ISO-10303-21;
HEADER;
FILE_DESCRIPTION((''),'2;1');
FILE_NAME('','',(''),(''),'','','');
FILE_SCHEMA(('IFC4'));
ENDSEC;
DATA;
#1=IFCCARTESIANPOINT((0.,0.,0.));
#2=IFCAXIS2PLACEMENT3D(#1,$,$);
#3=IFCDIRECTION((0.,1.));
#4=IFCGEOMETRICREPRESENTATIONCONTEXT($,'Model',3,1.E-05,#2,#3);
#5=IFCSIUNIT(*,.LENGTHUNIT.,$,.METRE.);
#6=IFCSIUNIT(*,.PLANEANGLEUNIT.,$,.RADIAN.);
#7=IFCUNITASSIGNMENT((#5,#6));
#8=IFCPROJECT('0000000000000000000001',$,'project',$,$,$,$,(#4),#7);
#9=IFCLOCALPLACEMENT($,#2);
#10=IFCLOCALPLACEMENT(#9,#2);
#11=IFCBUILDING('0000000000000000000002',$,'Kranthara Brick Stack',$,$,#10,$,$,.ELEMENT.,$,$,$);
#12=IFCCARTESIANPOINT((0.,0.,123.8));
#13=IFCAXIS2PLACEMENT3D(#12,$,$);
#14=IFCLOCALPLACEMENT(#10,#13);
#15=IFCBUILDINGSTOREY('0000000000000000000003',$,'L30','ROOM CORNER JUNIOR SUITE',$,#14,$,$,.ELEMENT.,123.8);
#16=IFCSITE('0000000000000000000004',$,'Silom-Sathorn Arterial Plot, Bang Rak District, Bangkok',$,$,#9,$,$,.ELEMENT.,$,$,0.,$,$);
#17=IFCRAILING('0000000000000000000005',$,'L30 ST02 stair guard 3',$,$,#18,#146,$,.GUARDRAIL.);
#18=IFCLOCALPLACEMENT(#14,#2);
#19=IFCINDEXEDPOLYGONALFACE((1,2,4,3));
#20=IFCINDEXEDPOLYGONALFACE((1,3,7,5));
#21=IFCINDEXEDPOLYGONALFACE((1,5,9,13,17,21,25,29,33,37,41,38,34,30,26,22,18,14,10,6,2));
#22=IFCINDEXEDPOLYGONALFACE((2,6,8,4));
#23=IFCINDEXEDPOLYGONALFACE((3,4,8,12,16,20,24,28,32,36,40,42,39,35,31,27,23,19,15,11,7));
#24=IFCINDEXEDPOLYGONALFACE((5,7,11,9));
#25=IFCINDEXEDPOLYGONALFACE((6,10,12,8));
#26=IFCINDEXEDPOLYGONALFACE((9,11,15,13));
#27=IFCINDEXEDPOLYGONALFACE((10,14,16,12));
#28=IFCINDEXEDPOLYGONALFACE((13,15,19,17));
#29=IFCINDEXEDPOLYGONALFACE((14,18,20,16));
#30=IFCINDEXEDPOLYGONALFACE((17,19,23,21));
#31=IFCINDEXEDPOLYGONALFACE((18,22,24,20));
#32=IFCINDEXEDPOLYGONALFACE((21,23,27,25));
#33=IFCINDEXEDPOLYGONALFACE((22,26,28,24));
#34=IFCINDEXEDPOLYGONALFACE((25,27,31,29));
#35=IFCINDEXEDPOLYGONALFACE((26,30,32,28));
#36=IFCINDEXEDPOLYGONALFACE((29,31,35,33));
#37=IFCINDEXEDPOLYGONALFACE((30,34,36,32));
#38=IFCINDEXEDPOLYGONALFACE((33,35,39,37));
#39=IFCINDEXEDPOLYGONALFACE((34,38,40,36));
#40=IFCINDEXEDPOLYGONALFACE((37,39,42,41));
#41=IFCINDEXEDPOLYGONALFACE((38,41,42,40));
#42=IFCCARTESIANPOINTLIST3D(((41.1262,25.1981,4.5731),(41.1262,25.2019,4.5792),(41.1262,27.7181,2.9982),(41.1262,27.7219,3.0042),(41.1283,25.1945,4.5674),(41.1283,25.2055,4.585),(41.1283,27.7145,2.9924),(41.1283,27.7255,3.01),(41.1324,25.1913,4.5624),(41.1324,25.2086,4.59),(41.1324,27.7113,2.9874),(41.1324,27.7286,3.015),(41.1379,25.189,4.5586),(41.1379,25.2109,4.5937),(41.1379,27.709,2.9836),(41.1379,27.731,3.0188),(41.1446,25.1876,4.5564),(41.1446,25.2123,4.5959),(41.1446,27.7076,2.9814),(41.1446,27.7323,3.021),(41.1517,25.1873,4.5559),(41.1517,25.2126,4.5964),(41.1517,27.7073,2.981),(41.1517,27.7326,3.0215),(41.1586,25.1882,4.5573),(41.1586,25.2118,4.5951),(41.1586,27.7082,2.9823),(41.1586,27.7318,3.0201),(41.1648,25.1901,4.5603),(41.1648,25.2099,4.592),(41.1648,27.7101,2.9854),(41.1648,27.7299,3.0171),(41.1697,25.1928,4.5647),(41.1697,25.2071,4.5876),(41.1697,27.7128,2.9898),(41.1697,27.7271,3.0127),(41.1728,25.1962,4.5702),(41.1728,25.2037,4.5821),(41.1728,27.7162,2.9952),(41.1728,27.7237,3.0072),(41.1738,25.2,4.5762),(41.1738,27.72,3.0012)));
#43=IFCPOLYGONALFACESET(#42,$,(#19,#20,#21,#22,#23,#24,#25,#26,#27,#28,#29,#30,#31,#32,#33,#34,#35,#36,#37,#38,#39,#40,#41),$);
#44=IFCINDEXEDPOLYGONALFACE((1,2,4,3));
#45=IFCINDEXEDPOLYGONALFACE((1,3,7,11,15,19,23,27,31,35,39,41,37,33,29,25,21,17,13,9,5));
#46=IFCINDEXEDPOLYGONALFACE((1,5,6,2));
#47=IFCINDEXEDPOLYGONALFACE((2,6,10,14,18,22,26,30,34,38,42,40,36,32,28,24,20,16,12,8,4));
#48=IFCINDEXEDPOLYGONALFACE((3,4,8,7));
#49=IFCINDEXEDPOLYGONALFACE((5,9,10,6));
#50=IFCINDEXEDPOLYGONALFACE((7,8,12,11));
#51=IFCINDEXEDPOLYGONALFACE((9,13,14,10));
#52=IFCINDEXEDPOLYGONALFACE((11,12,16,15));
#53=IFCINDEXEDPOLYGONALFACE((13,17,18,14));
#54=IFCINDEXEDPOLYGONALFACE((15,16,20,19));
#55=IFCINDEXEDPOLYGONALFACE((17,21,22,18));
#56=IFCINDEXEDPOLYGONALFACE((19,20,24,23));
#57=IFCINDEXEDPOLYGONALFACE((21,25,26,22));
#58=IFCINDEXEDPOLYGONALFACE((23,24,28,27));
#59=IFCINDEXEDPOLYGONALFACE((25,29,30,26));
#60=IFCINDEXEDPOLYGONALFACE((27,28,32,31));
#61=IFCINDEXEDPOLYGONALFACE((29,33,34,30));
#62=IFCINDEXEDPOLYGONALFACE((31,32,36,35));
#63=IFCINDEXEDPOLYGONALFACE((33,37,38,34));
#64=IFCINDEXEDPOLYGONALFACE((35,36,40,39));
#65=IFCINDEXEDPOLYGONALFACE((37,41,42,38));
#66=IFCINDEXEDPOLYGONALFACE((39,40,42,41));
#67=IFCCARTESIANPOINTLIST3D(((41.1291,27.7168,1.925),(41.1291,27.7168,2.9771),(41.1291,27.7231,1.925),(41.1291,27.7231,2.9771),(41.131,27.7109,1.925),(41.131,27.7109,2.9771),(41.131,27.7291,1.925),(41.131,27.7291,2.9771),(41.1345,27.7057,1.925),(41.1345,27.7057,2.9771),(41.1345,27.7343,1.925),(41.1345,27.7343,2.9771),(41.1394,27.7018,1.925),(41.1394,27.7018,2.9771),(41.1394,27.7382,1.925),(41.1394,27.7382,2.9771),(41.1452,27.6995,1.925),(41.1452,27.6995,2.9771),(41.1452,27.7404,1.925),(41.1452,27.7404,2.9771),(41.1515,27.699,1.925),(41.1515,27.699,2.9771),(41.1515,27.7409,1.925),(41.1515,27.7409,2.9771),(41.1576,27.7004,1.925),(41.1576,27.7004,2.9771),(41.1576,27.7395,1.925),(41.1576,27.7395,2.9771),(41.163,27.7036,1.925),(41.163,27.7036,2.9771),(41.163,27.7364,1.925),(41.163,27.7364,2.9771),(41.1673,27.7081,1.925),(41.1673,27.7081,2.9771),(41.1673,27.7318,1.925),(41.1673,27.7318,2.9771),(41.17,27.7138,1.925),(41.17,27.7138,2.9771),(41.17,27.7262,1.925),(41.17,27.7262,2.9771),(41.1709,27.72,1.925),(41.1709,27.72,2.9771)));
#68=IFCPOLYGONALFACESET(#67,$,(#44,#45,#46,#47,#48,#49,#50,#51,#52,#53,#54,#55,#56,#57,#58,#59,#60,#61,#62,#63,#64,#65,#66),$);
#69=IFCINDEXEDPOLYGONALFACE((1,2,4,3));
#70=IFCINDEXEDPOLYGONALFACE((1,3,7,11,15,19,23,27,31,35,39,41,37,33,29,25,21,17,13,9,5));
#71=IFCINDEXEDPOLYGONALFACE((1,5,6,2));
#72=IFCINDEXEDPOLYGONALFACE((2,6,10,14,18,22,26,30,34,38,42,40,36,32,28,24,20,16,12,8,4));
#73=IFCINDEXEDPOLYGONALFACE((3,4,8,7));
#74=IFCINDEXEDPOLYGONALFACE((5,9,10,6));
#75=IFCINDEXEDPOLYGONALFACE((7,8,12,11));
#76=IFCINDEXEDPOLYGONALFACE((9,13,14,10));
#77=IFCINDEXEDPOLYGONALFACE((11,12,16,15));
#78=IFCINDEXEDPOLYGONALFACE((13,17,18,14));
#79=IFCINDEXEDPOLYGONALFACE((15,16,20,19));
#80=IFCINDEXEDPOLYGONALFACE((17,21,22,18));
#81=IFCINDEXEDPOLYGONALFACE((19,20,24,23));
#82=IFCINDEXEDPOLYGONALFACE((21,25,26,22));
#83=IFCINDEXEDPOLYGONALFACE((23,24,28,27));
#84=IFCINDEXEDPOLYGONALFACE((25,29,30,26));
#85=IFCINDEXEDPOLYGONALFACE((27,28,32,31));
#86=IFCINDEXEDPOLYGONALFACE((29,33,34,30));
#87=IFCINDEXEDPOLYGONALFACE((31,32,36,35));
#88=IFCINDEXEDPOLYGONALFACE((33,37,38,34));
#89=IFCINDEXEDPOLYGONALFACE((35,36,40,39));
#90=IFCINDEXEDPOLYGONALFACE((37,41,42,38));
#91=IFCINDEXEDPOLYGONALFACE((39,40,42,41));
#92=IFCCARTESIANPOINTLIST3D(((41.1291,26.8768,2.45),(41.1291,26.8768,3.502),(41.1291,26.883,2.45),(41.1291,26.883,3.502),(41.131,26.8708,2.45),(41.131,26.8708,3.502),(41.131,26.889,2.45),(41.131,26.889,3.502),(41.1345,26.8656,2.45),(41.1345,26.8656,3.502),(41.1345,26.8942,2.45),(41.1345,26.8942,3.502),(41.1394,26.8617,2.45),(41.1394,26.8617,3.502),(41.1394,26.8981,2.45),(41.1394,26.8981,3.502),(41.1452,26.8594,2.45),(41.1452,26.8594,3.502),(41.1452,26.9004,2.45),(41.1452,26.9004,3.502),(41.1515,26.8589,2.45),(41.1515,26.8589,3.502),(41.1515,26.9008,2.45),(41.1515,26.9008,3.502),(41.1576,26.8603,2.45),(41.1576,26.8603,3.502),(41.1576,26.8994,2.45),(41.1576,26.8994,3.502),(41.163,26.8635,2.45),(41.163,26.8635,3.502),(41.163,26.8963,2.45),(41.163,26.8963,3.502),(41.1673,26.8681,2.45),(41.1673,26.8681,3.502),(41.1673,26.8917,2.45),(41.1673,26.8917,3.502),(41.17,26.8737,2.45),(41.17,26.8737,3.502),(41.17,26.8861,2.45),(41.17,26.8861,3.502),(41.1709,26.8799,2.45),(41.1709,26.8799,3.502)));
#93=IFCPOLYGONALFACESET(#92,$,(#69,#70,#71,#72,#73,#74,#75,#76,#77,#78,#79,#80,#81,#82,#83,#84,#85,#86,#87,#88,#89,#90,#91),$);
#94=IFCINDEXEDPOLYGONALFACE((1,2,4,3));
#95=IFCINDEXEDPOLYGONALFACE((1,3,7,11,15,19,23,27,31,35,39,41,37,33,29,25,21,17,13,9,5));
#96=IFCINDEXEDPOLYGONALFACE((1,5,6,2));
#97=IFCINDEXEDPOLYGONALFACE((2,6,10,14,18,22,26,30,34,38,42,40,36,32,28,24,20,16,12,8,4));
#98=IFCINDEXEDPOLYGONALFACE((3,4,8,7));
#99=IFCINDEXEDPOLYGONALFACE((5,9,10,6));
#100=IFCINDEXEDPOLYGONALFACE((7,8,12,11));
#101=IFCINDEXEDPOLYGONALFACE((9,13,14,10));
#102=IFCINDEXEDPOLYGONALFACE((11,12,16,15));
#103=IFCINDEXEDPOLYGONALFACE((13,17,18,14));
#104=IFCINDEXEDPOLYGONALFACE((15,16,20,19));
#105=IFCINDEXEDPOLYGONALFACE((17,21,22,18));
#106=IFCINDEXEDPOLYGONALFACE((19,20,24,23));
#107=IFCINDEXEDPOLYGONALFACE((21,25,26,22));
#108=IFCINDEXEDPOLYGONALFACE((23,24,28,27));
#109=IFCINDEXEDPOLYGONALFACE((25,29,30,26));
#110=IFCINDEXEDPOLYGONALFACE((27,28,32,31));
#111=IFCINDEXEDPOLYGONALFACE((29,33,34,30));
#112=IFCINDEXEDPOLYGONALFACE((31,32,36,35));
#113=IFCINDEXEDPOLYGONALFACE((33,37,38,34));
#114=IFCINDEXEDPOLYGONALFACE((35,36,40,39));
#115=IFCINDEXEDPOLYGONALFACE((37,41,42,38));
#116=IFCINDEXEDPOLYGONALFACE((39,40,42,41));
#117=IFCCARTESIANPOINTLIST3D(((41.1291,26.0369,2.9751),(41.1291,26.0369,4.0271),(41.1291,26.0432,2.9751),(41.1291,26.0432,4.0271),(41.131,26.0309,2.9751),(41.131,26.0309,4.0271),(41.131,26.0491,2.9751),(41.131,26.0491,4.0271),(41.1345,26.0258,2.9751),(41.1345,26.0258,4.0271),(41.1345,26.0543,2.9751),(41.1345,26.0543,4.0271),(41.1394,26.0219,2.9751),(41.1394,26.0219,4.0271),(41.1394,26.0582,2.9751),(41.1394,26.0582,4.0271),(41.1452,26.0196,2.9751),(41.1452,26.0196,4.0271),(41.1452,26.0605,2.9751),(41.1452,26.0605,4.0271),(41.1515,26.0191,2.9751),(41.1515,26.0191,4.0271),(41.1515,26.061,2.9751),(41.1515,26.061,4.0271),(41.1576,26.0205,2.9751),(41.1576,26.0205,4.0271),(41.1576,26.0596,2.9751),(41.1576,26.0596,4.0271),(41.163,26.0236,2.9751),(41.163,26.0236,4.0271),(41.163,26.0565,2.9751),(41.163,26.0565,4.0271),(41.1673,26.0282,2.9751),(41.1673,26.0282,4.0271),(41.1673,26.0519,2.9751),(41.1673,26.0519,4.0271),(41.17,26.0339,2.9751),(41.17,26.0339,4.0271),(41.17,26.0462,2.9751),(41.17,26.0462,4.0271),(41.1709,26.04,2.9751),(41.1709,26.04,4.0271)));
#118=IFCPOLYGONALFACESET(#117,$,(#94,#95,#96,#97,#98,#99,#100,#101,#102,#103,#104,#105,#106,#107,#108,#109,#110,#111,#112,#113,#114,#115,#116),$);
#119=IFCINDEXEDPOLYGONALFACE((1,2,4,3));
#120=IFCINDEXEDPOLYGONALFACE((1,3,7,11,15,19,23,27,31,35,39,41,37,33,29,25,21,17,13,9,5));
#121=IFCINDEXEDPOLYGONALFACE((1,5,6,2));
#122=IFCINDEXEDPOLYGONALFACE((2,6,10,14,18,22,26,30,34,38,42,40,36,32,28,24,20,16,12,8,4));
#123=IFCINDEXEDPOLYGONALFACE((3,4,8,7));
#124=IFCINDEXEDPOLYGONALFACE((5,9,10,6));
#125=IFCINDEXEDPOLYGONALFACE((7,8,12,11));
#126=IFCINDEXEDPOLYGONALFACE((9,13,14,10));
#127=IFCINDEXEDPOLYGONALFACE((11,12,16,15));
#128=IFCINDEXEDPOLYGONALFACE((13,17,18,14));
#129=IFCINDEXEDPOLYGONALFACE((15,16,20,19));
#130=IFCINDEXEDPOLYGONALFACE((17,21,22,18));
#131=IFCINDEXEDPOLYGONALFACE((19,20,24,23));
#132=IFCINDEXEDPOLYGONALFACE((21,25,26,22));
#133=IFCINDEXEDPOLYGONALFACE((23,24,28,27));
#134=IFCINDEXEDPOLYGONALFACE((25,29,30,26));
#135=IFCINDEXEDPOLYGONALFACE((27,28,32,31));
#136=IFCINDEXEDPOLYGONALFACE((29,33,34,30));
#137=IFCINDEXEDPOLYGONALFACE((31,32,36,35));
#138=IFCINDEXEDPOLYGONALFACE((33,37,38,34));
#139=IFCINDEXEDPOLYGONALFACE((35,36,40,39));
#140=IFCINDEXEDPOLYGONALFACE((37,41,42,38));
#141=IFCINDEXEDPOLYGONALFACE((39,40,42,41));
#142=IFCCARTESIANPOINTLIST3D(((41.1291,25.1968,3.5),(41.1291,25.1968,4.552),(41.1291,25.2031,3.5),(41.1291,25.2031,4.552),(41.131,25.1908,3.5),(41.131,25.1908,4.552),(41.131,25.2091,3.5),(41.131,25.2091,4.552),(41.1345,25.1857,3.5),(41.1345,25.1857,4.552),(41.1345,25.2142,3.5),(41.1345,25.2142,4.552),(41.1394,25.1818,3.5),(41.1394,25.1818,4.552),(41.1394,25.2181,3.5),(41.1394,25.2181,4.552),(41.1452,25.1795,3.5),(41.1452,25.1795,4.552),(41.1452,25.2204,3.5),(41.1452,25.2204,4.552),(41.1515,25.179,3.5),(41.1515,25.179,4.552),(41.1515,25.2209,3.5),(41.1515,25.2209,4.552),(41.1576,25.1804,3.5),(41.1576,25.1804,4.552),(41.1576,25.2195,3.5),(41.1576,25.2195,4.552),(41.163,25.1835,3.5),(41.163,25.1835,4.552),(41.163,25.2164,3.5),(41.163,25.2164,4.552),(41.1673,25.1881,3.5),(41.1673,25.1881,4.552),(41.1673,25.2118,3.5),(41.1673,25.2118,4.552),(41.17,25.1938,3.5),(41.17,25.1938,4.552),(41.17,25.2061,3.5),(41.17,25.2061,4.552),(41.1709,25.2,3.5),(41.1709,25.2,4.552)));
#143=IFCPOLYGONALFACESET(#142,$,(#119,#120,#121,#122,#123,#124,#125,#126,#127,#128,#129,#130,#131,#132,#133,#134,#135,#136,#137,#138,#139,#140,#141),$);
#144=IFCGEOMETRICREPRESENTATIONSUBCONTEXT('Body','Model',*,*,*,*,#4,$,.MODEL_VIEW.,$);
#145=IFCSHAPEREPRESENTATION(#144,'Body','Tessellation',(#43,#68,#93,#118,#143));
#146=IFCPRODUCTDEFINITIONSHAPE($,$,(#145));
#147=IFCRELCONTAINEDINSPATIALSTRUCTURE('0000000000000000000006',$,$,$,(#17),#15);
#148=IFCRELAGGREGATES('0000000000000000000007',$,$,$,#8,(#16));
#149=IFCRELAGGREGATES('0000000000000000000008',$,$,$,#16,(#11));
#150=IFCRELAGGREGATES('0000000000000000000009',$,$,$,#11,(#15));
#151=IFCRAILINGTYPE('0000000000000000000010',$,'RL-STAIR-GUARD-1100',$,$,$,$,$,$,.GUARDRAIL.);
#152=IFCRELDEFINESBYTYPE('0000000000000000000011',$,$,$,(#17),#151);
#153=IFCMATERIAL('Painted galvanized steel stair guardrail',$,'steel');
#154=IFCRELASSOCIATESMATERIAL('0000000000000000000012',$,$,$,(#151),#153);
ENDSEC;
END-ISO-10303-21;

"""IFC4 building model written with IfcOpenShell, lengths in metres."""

from ifc_helpers import new_model, si_unit, direction, frame, origin, origin_2d, place, context, subcontext, project, spatial, circle, extrude, material, type_object, element, save


model = new_model("IFC4")

# Units and contexts
model_context = context("Model", 3, precision=1e-05, world=origin(), true_north=direction((0.0, 1.0)))
body_context = subcontext(model_context, "Body", "Model", "MODEL_VIEW")
ifc_project = project(units=[si_unit("LENGTHUNIT", "METRE"), si_unit("PLANEANGLEUNIT", "RADIAN")], contexts=[model_context])

# Site, building, storey
site_placement = place(None, origin())
site = spatial("IfcSite", under=ifc_project, at=site_placement, Name="Silom-Sathorn Arterial Plot, Bang Rak District, Bangkok", CompositionType="ELEMENT", RefElevation=0.0)
building_placement = place(site_placement, origin())
building = spatial("IfcBuilding", under=site, at=building_placement, Name="Kranthara Brick Stack", CompositionType="ELEMENT")
storey_placement = place(building_placement, frame((0.0, 0.0, 123.8)))
storey = spatial("IfcBuildingStorey", under=building, at=storey_placement, Name="L30", Description="ROOM CORNER JUNIOR SUITE", CompositionType="ELEMENT", Elevation=123.8)

# Railing
ifc_material_1 = material(Name="Painted galvanized steel stair guardrail", Category="steel")
railing_type_1 = type_object("IfcRailingType", Name="RL-STAIR-GUARD-1100", PredefinedType="GUARDRAIL", material=ifc_material_1)
railing_1_placement = place(storey_placement, frame((41.1499, 27.72, 1.925)))
element("IfcRailing", 1, at=railing_1_placement, inside=storey, type_object=railing_type_1, Name="L30 ST02 stair guard 3", PredefinedType="GUARDRAIL", context=body_context, shape_type="SweptSolid", body=[
    extrude(circle(Radius=0.0239, at=origin_2d()), frame((0.0, 0.0, 1.0762), z_axis=(0.0, -0.848008, 0.529984), x_axis=(1.0, 0.0, 0.0)), (0.0, 0.0, 1.0), 2.9717),
    extrude(circle(Radius=0.021, at=origin_2d()), origin(), (0.0, 0.0, 1.0), 1.052),
    extrude(circle(Radius=0.021, at=origin_2d()), frame((0.0, -0.8401, 0.5249)), (0.0, 0.0, 1.0), 1.052),
    extrude(circle(Radius=0.021, at=origin_2d()), frame((0.0, -1.6799, 1.05)), (0.0, 0.0, 1.0), 1.052),
    extrude(circle(Radius=0.021, at=origin_2d()), frame((0.0, -2.52, 1.575)), (0.0, 0.0, 1.0), 1.052),
])

save(model, "model.ifc")
